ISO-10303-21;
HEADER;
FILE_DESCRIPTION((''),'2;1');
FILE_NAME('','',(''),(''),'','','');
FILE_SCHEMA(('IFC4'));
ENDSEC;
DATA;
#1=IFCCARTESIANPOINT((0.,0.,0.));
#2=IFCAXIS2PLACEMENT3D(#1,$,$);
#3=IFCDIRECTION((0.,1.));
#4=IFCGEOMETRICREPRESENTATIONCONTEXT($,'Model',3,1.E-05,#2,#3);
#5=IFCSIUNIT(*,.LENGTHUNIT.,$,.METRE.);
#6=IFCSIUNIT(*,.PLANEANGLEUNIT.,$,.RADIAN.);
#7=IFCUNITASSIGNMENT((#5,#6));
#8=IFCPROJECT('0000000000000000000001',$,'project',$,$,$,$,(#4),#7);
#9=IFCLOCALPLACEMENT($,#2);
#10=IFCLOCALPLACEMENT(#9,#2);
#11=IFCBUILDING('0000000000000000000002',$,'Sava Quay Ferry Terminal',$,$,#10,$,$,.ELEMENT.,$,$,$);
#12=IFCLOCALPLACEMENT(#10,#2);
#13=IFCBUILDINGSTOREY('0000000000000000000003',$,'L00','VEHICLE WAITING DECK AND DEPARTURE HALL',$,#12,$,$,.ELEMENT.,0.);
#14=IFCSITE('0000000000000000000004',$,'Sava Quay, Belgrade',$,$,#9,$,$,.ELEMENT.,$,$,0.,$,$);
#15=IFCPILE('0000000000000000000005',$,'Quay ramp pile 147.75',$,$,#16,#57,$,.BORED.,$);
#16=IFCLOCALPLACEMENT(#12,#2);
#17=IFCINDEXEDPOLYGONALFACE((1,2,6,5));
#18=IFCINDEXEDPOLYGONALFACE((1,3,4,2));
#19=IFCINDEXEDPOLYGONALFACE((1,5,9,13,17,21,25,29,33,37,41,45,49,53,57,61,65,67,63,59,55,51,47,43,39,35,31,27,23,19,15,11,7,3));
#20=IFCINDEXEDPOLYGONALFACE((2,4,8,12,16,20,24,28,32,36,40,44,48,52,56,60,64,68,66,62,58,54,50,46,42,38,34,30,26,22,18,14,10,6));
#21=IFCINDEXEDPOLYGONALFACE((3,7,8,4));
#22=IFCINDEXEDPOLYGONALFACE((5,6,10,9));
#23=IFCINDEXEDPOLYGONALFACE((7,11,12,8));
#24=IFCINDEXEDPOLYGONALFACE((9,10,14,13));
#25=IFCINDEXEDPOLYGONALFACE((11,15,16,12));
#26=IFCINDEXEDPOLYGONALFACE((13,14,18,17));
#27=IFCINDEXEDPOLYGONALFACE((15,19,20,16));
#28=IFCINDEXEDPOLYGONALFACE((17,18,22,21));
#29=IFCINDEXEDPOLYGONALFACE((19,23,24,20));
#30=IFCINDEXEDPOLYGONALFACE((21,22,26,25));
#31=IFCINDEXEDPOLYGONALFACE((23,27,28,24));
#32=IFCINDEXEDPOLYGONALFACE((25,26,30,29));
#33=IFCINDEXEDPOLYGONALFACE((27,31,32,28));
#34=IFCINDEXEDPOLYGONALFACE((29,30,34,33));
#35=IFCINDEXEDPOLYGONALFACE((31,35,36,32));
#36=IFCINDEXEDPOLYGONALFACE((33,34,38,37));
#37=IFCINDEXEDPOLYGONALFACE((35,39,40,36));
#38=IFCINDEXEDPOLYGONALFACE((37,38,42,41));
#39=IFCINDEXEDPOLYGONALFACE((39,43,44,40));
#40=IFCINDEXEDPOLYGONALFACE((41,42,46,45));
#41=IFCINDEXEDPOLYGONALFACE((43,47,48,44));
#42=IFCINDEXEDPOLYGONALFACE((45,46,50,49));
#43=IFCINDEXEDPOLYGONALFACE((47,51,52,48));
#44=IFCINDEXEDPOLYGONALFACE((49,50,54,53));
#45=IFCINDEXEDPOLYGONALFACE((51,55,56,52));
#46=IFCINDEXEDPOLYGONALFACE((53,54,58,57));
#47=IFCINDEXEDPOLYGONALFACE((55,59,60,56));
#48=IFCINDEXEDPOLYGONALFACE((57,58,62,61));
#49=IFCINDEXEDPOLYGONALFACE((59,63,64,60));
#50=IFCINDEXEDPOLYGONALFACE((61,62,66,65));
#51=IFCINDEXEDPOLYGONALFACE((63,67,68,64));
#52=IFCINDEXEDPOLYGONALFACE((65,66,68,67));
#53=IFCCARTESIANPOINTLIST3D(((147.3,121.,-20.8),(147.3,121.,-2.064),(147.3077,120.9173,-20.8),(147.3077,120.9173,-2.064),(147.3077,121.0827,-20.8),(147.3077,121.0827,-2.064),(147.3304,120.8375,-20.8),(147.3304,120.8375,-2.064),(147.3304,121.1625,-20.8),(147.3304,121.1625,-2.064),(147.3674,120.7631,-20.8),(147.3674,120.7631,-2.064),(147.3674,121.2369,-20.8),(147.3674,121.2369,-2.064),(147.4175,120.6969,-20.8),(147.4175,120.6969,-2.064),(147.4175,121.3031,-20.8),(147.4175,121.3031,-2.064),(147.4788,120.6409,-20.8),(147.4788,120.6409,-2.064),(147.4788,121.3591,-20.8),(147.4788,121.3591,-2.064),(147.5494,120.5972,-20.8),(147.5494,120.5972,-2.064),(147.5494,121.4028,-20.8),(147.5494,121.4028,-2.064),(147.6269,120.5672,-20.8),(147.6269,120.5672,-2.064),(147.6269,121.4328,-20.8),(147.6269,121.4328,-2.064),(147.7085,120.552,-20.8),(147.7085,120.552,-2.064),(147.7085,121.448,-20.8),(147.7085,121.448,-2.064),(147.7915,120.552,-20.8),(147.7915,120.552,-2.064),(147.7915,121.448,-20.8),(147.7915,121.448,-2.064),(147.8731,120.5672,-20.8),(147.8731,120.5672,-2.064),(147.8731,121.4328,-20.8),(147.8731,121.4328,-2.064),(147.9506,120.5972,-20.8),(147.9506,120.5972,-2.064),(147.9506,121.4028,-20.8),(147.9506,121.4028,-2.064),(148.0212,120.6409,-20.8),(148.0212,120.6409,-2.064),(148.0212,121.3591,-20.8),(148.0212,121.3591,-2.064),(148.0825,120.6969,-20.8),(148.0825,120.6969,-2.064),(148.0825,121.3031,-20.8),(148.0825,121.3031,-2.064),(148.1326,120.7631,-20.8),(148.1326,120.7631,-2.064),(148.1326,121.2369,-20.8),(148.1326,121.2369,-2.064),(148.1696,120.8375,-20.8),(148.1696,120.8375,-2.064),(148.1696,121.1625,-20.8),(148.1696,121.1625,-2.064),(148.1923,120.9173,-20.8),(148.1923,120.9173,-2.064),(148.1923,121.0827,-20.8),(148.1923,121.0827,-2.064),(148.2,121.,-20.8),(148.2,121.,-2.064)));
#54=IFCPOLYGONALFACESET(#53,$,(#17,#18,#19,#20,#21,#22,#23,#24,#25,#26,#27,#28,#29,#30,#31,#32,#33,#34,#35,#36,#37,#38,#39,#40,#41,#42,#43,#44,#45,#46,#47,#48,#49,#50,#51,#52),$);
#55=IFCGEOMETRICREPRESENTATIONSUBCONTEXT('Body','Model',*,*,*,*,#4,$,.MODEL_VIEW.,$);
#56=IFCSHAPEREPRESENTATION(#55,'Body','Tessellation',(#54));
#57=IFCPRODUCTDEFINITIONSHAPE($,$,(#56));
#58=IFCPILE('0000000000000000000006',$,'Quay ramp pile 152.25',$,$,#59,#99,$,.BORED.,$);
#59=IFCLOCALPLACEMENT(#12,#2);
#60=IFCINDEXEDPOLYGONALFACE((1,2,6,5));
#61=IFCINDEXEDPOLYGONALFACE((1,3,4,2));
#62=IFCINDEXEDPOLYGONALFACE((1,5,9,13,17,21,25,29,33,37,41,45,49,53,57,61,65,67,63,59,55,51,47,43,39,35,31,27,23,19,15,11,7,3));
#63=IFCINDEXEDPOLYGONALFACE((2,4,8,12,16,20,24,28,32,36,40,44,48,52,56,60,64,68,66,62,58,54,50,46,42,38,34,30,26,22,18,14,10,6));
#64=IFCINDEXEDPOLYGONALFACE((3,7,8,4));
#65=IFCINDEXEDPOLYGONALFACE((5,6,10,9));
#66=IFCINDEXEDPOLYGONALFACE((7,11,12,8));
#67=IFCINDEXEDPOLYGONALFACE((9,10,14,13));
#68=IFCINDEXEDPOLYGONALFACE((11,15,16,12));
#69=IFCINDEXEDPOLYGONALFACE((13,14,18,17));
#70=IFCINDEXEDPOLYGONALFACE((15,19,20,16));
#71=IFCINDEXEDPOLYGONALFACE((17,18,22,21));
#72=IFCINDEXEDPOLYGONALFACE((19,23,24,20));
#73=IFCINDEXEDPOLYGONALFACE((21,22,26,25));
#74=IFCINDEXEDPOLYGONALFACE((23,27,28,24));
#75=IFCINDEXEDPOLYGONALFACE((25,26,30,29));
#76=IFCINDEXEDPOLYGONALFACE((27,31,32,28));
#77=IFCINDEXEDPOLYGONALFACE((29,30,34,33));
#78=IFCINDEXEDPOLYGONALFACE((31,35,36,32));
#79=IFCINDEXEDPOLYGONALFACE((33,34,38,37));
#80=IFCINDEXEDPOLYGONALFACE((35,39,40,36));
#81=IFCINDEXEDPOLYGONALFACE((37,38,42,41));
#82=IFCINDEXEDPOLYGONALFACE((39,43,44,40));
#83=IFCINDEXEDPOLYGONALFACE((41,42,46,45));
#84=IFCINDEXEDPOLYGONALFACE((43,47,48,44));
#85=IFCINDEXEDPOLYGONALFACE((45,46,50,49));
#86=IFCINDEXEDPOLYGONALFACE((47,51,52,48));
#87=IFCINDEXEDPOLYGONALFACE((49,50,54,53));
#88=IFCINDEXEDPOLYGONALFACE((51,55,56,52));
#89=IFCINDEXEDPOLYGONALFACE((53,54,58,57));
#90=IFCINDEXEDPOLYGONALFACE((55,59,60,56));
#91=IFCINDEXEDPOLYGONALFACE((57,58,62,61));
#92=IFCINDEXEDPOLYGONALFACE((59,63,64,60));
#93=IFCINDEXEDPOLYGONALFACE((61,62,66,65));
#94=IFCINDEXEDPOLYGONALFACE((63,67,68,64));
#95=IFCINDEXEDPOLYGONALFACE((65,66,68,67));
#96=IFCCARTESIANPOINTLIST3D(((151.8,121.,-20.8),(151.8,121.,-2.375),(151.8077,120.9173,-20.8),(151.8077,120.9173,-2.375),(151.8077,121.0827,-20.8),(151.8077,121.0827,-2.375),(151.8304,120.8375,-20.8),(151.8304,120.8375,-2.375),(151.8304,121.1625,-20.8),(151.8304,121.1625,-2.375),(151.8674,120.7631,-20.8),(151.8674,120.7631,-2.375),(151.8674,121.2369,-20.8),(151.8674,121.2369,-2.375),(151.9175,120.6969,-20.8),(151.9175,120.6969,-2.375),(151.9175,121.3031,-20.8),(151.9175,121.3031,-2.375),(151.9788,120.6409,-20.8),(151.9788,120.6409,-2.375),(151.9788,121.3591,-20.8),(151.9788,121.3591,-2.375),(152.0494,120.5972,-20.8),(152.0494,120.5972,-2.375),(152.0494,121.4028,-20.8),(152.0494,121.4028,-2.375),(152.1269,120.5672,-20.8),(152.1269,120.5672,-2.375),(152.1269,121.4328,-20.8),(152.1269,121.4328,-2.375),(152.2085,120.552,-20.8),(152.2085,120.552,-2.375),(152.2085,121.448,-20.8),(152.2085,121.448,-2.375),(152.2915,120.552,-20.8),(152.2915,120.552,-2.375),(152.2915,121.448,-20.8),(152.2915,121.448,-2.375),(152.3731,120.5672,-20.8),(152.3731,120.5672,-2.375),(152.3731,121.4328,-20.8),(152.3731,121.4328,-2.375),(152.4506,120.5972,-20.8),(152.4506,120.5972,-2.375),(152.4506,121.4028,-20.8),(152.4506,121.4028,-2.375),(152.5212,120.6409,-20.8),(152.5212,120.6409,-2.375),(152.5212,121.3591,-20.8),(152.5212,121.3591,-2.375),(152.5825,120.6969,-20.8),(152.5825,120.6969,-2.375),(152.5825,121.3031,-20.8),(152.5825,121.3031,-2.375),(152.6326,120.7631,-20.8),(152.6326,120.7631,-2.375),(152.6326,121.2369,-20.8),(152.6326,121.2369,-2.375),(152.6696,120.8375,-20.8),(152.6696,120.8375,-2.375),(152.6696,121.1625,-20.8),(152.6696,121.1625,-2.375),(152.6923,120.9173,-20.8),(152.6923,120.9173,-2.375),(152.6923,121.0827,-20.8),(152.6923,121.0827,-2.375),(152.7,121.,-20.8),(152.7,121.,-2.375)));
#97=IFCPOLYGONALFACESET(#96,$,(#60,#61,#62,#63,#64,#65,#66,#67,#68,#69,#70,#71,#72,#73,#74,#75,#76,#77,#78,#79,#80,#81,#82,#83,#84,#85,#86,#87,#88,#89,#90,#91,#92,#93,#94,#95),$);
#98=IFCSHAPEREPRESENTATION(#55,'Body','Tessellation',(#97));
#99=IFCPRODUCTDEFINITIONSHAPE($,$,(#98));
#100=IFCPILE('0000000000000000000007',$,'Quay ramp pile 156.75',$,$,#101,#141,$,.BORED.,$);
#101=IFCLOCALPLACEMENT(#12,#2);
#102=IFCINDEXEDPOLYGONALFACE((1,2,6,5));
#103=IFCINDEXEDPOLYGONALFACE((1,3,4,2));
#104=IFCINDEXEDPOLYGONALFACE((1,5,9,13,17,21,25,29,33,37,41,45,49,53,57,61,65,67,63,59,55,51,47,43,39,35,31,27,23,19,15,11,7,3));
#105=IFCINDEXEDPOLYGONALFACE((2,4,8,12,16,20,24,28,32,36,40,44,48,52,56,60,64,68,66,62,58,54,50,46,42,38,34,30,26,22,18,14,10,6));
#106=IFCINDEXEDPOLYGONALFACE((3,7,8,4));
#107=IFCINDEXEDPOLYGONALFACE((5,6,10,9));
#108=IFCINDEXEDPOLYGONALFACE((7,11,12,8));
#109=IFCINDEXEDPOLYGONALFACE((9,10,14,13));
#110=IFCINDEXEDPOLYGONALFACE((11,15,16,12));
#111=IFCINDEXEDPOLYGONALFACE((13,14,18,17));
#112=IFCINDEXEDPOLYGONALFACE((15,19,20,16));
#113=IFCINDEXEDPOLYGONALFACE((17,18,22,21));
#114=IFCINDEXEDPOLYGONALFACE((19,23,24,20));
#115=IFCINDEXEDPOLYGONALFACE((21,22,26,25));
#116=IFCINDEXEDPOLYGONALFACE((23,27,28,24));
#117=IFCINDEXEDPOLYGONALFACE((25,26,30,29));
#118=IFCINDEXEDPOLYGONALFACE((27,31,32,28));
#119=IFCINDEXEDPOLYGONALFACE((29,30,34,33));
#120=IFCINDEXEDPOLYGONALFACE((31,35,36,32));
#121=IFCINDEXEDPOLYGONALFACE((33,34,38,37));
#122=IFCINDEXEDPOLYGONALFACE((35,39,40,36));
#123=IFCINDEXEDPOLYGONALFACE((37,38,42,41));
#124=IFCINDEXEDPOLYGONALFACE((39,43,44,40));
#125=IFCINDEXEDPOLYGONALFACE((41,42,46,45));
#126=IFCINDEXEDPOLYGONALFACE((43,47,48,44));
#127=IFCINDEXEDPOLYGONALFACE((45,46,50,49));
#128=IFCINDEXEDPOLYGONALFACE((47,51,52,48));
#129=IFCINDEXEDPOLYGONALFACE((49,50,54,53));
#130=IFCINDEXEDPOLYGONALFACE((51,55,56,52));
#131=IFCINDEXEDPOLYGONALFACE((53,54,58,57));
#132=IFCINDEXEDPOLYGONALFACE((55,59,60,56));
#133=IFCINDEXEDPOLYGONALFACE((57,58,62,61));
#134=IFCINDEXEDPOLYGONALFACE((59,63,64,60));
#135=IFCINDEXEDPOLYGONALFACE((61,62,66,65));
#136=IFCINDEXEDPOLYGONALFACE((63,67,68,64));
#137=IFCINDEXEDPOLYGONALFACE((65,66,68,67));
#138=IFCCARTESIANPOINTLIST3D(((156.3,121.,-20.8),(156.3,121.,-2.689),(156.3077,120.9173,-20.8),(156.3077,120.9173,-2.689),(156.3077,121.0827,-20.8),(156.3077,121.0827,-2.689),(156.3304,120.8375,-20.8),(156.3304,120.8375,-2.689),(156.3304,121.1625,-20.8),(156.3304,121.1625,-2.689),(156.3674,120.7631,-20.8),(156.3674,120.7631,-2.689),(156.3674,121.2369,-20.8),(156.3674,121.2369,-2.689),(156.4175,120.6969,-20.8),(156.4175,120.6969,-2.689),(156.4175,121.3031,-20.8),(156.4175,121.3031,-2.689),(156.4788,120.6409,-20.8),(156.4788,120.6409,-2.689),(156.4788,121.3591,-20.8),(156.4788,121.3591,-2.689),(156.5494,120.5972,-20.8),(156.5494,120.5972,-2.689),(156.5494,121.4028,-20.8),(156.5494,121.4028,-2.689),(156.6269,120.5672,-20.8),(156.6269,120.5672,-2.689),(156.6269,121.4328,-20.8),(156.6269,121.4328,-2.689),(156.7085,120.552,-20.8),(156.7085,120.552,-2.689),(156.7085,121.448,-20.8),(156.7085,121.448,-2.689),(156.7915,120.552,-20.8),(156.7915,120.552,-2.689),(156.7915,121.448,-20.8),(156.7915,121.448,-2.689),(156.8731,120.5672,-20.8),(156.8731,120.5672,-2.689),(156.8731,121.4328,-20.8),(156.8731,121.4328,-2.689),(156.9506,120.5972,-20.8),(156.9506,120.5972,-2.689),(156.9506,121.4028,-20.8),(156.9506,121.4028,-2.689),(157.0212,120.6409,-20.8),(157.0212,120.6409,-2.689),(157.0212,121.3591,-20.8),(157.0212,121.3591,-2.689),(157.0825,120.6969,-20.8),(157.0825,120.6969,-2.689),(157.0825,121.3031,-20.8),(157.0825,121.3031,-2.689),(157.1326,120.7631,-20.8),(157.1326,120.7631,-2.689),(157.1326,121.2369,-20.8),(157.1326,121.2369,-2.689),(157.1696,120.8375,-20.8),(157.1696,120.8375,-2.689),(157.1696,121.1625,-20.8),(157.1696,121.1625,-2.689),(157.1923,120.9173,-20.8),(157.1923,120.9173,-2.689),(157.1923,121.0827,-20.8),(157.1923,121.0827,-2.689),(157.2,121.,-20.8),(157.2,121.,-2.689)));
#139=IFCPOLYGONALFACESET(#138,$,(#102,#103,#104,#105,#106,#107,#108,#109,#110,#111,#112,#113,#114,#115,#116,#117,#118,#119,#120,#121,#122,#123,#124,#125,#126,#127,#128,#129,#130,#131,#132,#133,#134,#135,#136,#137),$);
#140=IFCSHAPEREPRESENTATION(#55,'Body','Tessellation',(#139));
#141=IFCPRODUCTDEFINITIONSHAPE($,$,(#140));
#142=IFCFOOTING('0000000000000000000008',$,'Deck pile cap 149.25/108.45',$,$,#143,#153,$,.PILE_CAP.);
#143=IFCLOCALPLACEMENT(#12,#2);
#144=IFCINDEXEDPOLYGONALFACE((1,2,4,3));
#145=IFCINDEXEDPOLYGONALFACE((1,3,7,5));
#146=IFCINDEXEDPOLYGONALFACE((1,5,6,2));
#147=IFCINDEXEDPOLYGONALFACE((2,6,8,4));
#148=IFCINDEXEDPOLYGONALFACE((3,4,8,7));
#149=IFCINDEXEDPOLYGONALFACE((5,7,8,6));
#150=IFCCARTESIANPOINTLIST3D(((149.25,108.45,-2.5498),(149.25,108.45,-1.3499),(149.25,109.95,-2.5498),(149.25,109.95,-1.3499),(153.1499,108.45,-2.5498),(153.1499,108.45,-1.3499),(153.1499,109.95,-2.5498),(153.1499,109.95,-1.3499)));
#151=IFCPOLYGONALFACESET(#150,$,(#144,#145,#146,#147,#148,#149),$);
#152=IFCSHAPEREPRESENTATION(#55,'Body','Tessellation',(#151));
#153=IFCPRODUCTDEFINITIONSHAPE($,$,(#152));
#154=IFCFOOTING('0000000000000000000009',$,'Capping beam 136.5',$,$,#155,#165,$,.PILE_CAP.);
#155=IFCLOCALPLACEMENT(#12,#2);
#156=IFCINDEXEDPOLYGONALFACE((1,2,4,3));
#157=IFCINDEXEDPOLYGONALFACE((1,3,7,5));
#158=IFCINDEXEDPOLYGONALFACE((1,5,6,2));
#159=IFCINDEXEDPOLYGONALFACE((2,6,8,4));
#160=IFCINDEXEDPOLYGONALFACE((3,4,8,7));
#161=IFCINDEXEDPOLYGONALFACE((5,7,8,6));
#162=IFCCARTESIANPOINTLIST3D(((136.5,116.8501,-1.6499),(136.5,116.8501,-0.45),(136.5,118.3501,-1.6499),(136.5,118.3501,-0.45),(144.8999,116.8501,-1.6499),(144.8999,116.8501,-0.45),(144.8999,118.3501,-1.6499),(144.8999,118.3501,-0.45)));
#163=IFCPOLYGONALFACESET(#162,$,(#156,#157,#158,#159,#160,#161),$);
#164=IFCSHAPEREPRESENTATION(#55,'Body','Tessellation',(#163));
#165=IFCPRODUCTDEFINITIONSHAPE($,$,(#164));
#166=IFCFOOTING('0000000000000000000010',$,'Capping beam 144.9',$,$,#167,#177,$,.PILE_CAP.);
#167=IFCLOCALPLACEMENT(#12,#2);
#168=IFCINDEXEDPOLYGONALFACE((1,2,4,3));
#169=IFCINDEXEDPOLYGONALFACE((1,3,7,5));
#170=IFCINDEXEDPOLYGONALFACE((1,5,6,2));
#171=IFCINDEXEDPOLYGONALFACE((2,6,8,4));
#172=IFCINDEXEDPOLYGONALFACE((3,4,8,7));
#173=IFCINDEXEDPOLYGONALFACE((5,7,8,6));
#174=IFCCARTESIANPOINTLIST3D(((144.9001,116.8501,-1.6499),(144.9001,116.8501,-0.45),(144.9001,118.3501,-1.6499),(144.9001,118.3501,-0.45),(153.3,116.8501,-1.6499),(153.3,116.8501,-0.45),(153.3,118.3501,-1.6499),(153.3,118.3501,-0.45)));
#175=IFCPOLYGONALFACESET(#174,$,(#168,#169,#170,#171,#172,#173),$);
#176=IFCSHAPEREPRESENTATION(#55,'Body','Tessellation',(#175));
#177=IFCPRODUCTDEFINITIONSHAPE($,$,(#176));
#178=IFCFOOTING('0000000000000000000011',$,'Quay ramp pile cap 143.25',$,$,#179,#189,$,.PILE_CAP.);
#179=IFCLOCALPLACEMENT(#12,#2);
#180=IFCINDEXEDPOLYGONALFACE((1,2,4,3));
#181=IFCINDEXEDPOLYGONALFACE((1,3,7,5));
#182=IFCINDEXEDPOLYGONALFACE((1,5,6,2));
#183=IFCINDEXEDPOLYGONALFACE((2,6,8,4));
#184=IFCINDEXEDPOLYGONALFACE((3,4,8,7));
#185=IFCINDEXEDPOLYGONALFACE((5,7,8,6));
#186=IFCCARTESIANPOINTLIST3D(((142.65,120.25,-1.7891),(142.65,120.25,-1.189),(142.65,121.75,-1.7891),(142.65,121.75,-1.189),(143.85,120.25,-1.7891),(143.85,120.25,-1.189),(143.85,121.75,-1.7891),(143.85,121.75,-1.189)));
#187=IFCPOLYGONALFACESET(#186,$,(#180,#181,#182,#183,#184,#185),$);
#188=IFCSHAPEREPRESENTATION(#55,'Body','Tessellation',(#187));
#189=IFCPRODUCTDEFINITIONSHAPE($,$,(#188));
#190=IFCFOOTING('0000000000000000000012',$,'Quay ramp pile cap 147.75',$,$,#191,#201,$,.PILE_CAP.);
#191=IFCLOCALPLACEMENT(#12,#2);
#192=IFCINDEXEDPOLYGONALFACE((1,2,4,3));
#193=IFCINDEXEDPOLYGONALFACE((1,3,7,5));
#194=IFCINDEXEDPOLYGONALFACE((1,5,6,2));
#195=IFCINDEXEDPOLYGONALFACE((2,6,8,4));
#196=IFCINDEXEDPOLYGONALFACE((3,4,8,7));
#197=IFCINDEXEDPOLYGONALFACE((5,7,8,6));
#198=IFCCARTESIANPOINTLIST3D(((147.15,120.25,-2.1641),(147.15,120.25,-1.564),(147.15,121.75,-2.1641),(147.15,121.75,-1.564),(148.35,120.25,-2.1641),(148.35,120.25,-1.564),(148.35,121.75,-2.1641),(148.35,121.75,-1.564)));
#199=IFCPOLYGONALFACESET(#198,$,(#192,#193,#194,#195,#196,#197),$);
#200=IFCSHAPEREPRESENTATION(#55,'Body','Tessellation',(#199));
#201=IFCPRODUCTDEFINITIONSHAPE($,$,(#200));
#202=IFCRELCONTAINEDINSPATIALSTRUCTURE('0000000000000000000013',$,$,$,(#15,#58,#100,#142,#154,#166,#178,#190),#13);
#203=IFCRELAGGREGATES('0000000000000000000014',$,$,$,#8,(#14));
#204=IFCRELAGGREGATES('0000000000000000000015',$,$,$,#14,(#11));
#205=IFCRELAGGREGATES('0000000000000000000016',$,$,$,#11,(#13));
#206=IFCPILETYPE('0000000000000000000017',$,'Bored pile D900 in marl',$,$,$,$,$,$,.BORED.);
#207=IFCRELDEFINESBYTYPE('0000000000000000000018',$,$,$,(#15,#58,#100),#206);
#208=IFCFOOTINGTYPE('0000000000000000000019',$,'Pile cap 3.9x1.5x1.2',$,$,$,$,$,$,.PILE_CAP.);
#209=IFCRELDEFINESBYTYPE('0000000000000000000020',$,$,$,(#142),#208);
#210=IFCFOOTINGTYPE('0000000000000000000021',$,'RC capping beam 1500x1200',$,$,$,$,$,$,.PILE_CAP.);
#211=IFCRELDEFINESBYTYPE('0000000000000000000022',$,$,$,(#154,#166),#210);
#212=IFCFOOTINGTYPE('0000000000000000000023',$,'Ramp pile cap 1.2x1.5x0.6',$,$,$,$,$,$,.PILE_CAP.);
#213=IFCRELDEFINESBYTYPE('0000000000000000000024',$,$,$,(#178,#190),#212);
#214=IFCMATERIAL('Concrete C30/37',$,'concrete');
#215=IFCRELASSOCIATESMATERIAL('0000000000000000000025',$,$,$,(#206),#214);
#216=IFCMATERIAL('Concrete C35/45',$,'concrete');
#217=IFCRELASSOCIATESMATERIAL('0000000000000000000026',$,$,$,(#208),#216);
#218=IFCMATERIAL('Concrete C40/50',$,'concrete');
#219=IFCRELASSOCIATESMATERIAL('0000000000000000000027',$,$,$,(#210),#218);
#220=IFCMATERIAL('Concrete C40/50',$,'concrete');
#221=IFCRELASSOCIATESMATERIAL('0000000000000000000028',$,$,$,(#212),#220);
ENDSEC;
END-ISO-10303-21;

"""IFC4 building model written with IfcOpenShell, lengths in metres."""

from ifc_helpers import new_model, si_unit, direction, frame, origin, origin_2d, place, context, subcontext, project, spatial, rectangle, circle, extrude, material, material_profile, profile_set, type_object, element, save


model = new_model("IFC4")

# Units and contexts
model_context = context("Model", 3, precision=1e-05, world=origin(), true_north=direction((0.0, 1.0)))
body_context = subcontext(model_context, "Body", "Model", "MODEL_VIEW")
ifc_project = project(units=[si_unit("LENGTHUNIT", "METRE"), si_unit("PLANEANGLEUNIT", "RADIAN")], contexts=[model_context])

# Site, building, storey
site_placement = place(None, origin())
site = spatial("IfcSite", under=ifc_project, at=site_placement, Name="Sava Quay, Belgrade", CompositionType="ELEMENT", RefElevation=0.0)
building_placement = place(site_placement, origin())
building = spatial("IfcBuilding", under=site, at=building_placement, Name="Sava Quay Ferry Terminal", CompositionType="ELEMENT")
storey_placement = place(building_placement, origin())
storey = spatial("IfcBuildingStorey", under=building, at=storey_placement, Name="L00", Description="VEHICLE WAITING DECK AND DEPARTURE HALL", CompositionType="ELEMENT", Elevation=0.0)

# Piles
ifc_material_1 = material(Name="Concrete C30/37", Category="concrete")
ifc_material_profile_1 = material_profile(ifc_material_1, circle(Radius=0.45, at=origin_2d()), Name="Bored pile D900 in marl")
ifc_profile_set_1 = profile_set([ifc_material_profile_1], Name="Concrete C30/37")
pile_type_1 = type_object("IfcPileType", Name="Bored pile D900 in marl", PredefinedType="BORED", material=ifc_profile_set_1)
pile_1_placement = place(storey_placement, frame((147.75, 121.0, -2.064), z_axis=(0.0, 0.0, -1.0), x_axis=(1.0, 0.0, 0.0)))
element("IfcPile", 1, at=pile_1_placement, inside=storey, type_object=pile_type_1, Name="Quay ramp pile 147.75", PredefinedType="BORED", context=body_context, shape_type="SweptSolid", body=[
    extrude(circle(Radius=0.45, at=origin_2d()), origin(), (0.0, 0.0, 1.0), 18.7361),
])
pile_2_placement = place(storey_placement, frame((152.25, 121.0, -2.375), z_axis=(0.0, 0.0, -1.0), x_axis=(1.0, 0.0, 0.0)))
element("IfcPile", 2, at=pile_2_placement, inside=storey, type_object=pile_type_1, Name="Quay ramp pile 152.25", PredefinedType="BORED", context=body_context, shape_type="SweptSolid", body=[
    extrude(circle(Radius=0.45, at=origin_2d()), origin(), (0.0, 0.0, 1.0), 18.425),
])
pile_3_placement = place(storey_placement, frame((156.75, 121.0, -2.689), z_axis=(0.0, 0.0, -1.0), x_axis=(1.0, 0.0, 0.0)))
element("IfcPile", 3, at=pile_3_placement, inside=storey, type_object=pile_type_1, Name="Quay ramp pile 156.75", PredefinedType="BORED", context=body_context, shape_type="SweptSolid", body=[
    extrude(circle(Radius=0.45, at=origin_2d()), origin(), (0.0, 0.0, 1.0), 18.1111),
])

# Footings
ifc_material_2 = material(Name="Concrete C35/45", Category="concrete")
footing_type_1 = type_object("IfcFootingType", Name="Pile cap 3.9x1.5x1.2", PredefinedType="PILE_CAP", material=ifc_material_2)
footing_placement = place(storey_placement, frame((151.2, 109.2, -2.5498), z_axis=(0.0, 0.0, 1.0), x_axis=(1.0, 0.0, 0.0)))
element("IfcFooting", 4, at=footing_placement, inside=storey, type_object=footing_type_1, Name="Deck pile cap 149.25/108.45", PredefinedType="PILE_CAP", context=body_context, shape_type="SweptSolid", body=[
    extrude(rectangle(XDim=3.8999, YDim=1.5, at=origin_2d()), origin(), (0.0, 0.0, 1.0), 1.2),
])
ifc_material_3 = material(Name="Concrete C40/50", Category="concrete")
footing_type_2 = type_object("IfcFootingType", Name="RC capping beam 1500x1200", PredefinedType="PILE_CAP", material=ifc_material_3)
for number, where, z_axis, x_axis, name in (
    (5, (140.7, 117.6001, -1.6499), (0.0, 0.0, 1.0), (1.0, 0.0, 0.0), "Capping beam 136.5"),
    (6, (149.1001, 117.6001, -1.6499), (0.0, 0.0, 1.0), (1.0, 0.0, 0.0), "Capping beam 144.9"),
):
    element("IfcFooting", number, at=place(storey_placement, frame(where, z_axis=z_axis, x_axis=x_axis)), inside=storey, type_object=footing_type_2, Name=name, PredefinedType="PILE_CAP", context=body_context, shape_type="SweptSolid", body=[
        extrude(rectangle(XDim=8.3999, YDim=1.5, at=origin_2d()), origin(), (0.0, 0.0, 1.0), 1.2),
    ])
ifc_material_4 = material(Name="Concrete C40/50", Category="concrete")
footing_type_3 = type_object("IfcFootingType", Name="Ramp pile cap 1.2x1.5x0.6", PredefinedType="PILE_CAP", material=ifc_material_4)
for number, where, z_axis, x_axis, name in (
    (7, (143.25, 121.0, -1.7891), (0.0, 0.0, 1.0), (1.0, 0.0, 0.0), "Quay ramp pile cap 143.25"),
    (8, (147.75, 121.0, -2.1641), (0.0, 0.0, 1.0), (1.0, 0.0, 0.0), "Quay ramp pile cap 147.75"),
):
    element("IfcFooting", number, at=place(storey_placement, frame(where, z_axis=z_axis, x_axis=x_axis)), inside=storey, type_object=footing_type_3, Name=name, PredefinedType="PILE_CAP", context=body_context, shape_type="SweptSolid", body=[
        extrude(rectangle(XDim=1.2, YDim=1.5, at=origin_2d()), origin(), (0.0, 0.0, 1.0), 0.6001),
    ])

save(model, "model.ifc")
